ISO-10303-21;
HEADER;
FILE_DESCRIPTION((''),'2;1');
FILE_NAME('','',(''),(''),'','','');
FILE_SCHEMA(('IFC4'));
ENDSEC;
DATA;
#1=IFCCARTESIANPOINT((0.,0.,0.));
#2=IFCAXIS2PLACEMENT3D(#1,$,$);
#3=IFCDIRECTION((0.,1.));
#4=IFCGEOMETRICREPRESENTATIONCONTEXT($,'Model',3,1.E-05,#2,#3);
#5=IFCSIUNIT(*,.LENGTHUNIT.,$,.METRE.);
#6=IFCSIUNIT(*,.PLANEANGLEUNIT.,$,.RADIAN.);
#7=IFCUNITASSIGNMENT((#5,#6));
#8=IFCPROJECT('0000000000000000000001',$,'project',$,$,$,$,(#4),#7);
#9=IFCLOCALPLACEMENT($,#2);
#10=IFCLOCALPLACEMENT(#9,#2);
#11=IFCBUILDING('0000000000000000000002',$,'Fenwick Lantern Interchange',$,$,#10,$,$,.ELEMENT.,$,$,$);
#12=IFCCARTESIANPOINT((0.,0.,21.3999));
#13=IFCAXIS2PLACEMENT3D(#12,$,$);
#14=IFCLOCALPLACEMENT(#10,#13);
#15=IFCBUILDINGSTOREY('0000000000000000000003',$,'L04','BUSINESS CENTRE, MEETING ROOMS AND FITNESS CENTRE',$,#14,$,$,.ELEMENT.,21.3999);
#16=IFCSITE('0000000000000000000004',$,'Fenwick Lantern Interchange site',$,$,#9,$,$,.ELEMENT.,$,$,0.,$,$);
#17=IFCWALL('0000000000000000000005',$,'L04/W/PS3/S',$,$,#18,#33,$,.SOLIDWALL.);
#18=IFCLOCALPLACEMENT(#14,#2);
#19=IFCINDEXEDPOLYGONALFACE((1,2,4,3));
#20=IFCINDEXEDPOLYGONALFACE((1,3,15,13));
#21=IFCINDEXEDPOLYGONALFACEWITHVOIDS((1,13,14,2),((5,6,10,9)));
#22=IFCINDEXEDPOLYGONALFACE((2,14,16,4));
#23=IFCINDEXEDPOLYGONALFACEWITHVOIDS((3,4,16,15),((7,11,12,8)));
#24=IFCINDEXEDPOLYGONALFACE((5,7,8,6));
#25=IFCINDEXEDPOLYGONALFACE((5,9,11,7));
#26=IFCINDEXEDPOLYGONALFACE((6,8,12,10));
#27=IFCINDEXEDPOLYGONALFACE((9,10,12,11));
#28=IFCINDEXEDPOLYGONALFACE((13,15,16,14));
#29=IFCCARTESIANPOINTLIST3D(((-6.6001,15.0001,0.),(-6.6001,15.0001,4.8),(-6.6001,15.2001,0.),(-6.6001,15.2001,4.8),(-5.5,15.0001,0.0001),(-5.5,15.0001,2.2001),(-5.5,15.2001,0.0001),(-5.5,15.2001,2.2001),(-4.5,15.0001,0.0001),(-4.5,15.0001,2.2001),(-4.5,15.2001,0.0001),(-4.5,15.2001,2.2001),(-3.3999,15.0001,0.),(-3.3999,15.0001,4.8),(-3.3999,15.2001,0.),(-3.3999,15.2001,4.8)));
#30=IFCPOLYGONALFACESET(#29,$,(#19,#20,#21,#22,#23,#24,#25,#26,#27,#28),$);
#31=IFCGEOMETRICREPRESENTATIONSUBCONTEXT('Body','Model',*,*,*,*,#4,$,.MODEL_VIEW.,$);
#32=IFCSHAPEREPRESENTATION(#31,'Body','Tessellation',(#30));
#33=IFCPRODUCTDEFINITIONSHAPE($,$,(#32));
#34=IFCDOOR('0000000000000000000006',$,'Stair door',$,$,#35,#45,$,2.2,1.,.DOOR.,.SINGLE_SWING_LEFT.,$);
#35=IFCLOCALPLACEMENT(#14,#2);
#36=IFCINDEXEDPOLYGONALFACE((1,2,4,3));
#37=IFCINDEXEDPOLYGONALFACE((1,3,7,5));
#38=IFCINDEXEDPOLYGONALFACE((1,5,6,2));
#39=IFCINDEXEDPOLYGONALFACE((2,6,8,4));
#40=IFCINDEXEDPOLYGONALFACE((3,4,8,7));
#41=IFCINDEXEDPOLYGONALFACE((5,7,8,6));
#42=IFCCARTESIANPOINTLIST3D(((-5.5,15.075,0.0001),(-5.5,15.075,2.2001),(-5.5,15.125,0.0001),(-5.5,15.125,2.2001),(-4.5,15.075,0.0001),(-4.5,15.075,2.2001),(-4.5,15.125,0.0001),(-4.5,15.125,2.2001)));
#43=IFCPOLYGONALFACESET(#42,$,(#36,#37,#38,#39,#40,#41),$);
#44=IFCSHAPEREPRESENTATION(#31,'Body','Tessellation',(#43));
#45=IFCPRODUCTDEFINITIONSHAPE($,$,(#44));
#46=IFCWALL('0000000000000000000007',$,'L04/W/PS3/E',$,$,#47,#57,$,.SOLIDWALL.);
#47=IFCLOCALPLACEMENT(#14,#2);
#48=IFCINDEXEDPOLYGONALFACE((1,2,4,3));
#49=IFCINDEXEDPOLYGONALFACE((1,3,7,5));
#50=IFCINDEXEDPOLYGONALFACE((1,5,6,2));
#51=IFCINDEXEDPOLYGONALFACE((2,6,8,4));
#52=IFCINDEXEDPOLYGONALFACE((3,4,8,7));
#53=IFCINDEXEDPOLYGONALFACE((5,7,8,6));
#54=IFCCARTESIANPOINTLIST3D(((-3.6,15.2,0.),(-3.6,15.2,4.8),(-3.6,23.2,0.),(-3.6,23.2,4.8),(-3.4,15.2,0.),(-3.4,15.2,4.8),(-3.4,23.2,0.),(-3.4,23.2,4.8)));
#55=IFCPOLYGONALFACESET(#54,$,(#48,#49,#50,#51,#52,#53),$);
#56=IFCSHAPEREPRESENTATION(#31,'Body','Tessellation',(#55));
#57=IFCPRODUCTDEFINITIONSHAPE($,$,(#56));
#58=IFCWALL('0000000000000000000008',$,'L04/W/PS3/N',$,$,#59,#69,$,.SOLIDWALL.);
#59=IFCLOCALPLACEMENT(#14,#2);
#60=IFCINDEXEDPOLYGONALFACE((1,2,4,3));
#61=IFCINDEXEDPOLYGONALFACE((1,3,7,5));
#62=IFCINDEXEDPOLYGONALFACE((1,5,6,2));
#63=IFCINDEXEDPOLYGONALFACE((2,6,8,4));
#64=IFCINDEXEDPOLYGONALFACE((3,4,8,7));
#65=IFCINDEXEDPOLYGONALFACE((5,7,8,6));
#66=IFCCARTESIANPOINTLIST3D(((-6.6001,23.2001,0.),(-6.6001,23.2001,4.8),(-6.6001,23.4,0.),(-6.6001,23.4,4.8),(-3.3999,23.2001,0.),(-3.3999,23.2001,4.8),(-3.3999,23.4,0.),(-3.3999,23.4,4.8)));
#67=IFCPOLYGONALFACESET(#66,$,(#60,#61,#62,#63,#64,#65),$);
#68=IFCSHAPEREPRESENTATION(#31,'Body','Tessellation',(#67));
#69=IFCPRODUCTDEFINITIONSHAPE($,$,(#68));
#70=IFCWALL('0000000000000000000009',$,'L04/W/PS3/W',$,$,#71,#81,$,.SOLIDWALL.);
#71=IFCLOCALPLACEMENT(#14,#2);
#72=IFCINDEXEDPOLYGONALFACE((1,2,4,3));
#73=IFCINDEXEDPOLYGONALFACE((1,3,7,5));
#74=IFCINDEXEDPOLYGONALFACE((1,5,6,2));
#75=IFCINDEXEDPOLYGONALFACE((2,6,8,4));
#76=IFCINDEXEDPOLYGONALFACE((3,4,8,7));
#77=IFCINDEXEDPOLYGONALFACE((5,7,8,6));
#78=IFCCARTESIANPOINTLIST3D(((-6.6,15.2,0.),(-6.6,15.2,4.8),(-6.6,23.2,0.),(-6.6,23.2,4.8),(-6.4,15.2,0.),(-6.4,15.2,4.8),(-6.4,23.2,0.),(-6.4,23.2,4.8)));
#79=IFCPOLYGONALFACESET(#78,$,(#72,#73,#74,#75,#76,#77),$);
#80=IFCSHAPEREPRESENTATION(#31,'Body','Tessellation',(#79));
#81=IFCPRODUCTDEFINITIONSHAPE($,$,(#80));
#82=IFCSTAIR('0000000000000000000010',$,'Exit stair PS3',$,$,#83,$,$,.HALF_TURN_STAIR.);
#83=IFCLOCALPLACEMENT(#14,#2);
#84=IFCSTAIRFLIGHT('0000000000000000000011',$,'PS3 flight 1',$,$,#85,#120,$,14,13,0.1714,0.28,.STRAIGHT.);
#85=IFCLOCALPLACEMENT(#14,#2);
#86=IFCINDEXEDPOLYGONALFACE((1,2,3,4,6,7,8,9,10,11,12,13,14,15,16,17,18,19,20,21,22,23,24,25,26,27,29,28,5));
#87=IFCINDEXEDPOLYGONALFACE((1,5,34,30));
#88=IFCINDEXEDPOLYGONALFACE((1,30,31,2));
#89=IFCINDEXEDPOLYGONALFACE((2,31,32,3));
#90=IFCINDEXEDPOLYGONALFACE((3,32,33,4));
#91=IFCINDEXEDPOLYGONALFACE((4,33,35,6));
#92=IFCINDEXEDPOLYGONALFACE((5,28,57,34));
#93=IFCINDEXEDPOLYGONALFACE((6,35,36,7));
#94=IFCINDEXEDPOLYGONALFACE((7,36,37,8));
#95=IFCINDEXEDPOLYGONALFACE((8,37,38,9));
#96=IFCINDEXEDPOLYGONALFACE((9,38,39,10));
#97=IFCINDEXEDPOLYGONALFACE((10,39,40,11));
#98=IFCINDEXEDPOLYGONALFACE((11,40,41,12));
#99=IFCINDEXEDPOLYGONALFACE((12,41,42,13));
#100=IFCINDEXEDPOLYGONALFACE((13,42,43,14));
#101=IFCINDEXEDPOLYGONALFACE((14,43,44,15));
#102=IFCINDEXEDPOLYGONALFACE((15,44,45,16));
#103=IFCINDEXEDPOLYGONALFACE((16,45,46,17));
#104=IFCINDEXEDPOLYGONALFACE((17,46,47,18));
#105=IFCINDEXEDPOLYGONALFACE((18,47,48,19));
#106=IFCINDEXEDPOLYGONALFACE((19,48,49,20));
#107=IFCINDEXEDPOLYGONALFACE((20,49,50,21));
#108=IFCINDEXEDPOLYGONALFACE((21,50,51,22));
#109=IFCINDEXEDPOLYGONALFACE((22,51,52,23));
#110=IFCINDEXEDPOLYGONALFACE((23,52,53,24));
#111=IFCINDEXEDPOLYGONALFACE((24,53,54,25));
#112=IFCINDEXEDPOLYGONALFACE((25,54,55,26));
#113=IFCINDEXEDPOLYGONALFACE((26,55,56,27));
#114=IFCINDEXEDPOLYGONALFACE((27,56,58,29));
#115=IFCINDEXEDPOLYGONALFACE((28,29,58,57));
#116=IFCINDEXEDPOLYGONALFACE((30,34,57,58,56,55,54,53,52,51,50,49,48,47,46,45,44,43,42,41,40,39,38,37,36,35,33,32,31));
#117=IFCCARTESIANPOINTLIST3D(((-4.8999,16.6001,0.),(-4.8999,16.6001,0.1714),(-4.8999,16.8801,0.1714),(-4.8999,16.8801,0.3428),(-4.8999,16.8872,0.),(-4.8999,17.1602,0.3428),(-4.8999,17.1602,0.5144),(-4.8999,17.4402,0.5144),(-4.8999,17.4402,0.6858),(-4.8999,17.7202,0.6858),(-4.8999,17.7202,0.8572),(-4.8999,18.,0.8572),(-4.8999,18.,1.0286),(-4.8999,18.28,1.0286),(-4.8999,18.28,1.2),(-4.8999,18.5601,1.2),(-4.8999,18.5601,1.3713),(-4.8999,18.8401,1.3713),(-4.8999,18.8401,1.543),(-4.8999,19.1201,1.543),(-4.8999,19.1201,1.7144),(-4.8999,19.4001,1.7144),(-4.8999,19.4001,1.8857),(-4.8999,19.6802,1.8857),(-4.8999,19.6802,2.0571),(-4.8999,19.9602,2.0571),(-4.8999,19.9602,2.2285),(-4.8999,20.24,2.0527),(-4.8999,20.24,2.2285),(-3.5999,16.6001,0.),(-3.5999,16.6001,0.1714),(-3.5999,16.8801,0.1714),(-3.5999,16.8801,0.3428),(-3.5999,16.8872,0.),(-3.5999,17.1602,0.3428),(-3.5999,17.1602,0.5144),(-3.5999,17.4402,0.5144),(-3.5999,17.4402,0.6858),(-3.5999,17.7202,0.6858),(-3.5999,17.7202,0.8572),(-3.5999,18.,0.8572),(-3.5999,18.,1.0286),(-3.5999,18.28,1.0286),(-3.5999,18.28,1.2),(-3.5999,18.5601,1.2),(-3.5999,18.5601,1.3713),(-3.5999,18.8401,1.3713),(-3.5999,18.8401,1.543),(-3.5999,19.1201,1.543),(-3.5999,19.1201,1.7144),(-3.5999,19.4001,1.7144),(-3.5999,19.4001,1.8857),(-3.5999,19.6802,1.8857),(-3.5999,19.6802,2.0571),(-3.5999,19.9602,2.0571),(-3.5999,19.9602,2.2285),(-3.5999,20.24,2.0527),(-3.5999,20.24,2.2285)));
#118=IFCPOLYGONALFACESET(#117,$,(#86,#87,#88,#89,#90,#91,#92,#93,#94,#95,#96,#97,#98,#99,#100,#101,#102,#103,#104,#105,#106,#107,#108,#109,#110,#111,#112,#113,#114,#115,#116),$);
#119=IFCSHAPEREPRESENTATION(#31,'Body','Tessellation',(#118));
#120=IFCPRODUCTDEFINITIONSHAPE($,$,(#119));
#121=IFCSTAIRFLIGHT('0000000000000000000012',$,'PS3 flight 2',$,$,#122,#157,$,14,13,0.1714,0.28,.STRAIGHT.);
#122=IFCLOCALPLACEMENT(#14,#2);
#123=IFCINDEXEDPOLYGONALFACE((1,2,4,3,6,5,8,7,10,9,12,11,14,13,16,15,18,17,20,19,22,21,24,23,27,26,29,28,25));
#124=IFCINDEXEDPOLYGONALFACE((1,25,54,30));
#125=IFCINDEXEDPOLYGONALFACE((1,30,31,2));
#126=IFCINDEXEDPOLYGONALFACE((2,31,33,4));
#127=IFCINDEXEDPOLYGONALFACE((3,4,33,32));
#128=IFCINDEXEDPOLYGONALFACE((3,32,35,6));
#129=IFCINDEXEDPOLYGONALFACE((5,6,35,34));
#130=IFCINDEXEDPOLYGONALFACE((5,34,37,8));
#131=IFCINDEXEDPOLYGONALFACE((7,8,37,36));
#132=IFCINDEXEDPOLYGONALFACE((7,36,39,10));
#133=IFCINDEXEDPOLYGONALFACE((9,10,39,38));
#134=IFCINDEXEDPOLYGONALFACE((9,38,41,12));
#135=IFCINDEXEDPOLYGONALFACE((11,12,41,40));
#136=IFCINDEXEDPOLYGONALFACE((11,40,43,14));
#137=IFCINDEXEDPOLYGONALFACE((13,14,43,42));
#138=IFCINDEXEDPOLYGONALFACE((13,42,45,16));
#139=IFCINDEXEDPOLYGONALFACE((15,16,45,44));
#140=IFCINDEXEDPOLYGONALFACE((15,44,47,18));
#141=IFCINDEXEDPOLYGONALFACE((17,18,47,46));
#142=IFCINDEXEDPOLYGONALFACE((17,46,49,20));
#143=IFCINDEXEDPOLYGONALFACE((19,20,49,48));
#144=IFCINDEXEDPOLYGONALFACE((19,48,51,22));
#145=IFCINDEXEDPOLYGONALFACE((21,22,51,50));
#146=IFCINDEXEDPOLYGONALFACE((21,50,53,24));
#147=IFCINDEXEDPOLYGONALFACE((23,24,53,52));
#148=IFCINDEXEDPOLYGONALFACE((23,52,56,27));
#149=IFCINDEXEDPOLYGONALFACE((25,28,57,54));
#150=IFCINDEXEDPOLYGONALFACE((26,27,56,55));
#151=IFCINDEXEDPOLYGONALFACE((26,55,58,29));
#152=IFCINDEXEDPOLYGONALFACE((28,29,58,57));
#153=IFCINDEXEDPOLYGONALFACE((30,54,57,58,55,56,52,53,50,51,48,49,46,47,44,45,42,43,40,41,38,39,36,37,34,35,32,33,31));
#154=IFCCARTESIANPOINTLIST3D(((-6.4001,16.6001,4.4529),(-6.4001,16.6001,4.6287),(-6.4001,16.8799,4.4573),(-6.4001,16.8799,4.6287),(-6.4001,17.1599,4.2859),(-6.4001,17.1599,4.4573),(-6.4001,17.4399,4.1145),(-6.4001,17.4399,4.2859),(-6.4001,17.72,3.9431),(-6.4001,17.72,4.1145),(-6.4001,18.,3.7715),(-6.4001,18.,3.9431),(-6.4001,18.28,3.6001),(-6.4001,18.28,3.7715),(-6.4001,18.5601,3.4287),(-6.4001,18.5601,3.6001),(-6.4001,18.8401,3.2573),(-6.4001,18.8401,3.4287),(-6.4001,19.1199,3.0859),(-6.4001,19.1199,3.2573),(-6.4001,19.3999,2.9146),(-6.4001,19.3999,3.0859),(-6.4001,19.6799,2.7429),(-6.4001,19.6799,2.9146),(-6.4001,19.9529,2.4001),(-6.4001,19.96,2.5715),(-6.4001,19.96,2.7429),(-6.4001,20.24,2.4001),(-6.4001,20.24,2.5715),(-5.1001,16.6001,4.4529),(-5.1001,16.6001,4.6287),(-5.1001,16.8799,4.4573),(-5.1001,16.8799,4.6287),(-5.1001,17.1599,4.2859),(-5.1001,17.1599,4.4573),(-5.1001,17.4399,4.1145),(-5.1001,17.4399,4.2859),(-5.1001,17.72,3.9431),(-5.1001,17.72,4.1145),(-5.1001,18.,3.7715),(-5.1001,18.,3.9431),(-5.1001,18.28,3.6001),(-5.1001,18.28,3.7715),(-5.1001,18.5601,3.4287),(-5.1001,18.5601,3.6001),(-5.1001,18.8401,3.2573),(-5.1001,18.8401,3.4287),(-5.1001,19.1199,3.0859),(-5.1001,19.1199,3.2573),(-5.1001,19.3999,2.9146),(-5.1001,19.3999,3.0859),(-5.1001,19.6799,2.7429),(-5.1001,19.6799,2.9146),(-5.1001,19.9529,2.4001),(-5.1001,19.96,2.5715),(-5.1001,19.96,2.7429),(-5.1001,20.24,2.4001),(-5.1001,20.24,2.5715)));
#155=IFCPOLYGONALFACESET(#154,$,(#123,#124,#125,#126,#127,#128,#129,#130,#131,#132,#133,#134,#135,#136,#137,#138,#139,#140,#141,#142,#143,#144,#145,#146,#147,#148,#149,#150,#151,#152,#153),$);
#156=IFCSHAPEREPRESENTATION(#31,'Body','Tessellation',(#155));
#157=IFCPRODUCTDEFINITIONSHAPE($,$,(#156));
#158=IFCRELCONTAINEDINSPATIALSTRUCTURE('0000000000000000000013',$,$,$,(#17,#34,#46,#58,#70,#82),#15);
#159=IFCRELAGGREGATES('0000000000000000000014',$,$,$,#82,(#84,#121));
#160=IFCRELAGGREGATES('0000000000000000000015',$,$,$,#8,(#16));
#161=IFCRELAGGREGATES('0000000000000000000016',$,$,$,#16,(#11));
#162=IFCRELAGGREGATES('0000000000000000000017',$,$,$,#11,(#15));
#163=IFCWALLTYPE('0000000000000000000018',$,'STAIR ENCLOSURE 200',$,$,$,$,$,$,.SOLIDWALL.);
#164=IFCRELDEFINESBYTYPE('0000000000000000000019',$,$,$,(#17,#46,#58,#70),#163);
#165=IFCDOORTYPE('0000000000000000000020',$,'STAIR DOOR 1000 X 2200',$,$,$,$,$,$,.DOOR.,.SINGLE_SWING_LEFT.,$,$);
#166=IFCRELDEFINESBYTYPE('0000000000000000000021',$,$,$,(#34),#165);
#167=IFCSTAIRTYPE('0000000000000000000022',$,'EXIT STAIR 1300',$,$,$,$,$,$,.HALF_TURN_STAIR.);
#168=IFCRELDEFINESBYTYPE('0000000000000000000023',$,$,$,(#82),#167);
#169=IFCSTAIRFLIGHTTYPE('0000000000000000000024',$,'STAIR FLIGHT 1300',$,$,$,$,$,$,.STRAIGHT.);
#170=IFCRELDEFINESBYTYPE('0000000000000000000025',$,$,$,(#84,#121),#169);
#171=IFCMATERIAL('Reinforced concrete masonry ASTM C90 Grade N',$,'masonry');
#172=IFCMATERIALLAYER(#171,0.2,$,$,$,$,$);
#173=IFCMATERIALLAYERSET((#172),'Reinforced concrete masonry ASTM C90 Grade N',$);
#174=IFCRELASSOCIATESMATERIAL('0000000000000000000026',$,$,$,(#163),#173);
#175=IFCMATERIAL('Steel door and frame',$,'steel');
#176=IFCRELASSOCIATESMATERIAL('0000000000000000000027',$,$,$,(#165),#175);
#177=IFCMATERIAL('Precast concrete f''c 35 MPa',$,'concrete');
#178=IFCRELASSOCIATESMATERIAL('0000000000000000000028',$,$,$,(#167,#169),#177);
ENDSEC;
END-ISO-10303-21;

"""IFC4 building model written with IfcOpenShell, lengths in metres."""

from ifc_helpers import new_model, si_unit, direction, frame, frame_2d, origin, place, context, subcontext, project, spatial, polyline, rectangle, outline, extrude, material, layer, layer_set, type_object, element, fill, aggregate, save


model = new_model("IFC4")

# Units and contexts
model_context = context("Model", 3, precision=1e-05, world=origin(), true_north=direction((0.0, 1.0)))
body_context = subcontext(model_context, "Body", "Model", "MODEL_VIEW")
ifc_project = project(units=[si_unit("LENGTHUNIT", "METRE"), si_unit("PLANEANGLEUNIT", "RADIAN")], contexts=[model_context])

# Site, building, storey
site_placement = place(None, origin())
site = spatial("IfcSite", under=ifc_project, at=site_placement, Name="Fenwick Lantern Interchange site", CompositionType="ELEMENT", RefElevation=0.0)
building_placement = place(site_placement, origin())
building = spatial("IfcBuilding", under=site, at=building_placement, Name="Fenwick Lantern Interchange", CompositionType="ELEMENT")
storey_placement = place(building_placement, frame((0.0, 0.0, 21.3999)))
storey = spatial("IfcBuildingStorey", under=building, at=storey_placement, Name="L04", Description="BUSINESS CENTRE, MEETING ROOMS AND FITNESS CENTRE", CompositionType="ELEMENT", Elevation=21.3999)

# Wall, opening, door
ifc_material_1 = material(Name="Reinforced concrete masonry ASTM C90 Grade N", Category="masonry")
ifc_layer_1 = layer(ifc_material_1, 0.2)
ifc_layer_set_1 = layer_set([ifc_layer_1], Name="Reinforced concrete masonry ASTM C90 Grade N")
wall_type_1 = type_object("IfcWallType", Name="STAIR ENCLOSURE 200", PredefinedType="SOLIDWALL", material=ifc_layer_set_1)
wall_1_placement = place(storey_placement, frame((-6.6001, 15.1001, 0.0), z_axis=(0.0, 0.0, 1.0), x_axis=(1.0, 0.0, 0.0)))
wall_1 = element("IfcWall", 1, at=wall_1_placement, inside=storey, type_object=wall_type_1, Name="L04/W/PS3/S", PredefinedType="SOLIDWALL", context=body_context, shape_type="SweptSolid", body=[
    extrude(rectangle(XDim=3.2002, YDim=0.2, at=frame_2d((1.6001, 0.0))), origin(), (0.0, 0.0, 1.0), 4.8),
])
opening_placement = place(wall_1_placement, frame((1.1001, 0.0, 0.0)))
opening = element("IfcOpeningElement", 2, at=opening_placement, cuts=wall_1, PredefinedType="OPENING", context=body_context, shape_type="SweptSolid", body=[
    extrude(rectangle(XDim=1.0, YDim=2.2, at=frame_2d((0.5, 1.1001))), frame((0.0, 0.1099, 0.0), z_axis=(0.0, -1.0, 0.0), x_axis=(1.0, 0.0, 0.0)), (0.0, 0.0, 1.0), 0.22),
])
ifc_material_2 = material(Name="Steel door and frame", Category="steel")
door_type = type_object("IfcDoorType", Name="STAIR DOOR 1000 X 2200", OperationType="SINGLE_SWING_LEFT", PredefinedType="DOOR", material=ifc_material_2)
door_placement = place(opening_placement, origin())
door = element("IfcDoor", 3, at=door_placement, inside=storey, type_object=door_type, Name="Stair door", OperationType="SINGLE_SWING_LEFT", OverallHeight=2.2, OverallWidth=1.0, PredefinedType="DOOR", context=body_context, shape_type="SweptSolid", body=[
    extrude(rectangle(XDim=1.0, YDim=2.2, at=frame_2d((0.5, 1.1001))), frame((0.0, 0.0249, 0.0), z_axis=(0.0, -1.0, 0.0), x_axis=(1.0, 0.0, 0.0)), (0.0, 0.0, 1.0), 0.05),
])
fill(opening, door)

# Walls
wall_2_placement = place(storey_placement, frame((-3.5, 15.2, 0.0), z_axis=(0.0, 0.0, 1.0), x_axis=(0.0, 1.0, 0.0)))
element("IfcWall", 4, at=wall_2_placement, inside=storey, type_object=wall_type_1, Name="L04/W/PS3/E", PredefinedType="SOLIDWALL", context=body_context, shape_type="SweptSolid", body=[
    extrude(rectangle(XDim=8.0, YDim=0.2, at=frame_2d((4.0, 0.0))), origin(), (0.0, 0.0, 1.0), 4.8),
])
wall_3_placement = place(storey_placement, frame((-3.3999, 23.3, 0.0), z_axis=(0.0, 0.0, 1.0), x_axis=(-1.0, 0.0, 0.0)))
element("IfcWall", 5, at=wall_3_placement, inside=storey, type_object=wall_type_1, Name="L04/W/PS3/N", PredefinedType="SOLIDWALL", context=body_context, shape_type="SweptSolid", body=[
    extrude(rectangle(XDim=3.2002, YDim=0.2, at=frame_2d((1.6001, 0.0))), origin(), (0.0, 0.0, 1.0), 4.8),
])
wall_4_placement = place(storey_placement, frame((-6.5, 23.2, 0.0), z_axis=(0.0, 0.0, 1.0), x_axis=(0.0, -1.0, 0.0)))
element("IfcWall", 6, at=wall_4_placement, inside=storey, type_object=wall_type_1, Name="L04/W/PS3/W", PredefinedType="SOLIDWALL", context=body_context, shape_type="SweptSolid", body=[
    extrude(rectangle(XDim=8.0, YDim=0.2, at=frame_2d((4.0, 0.0))), origin(), (0.0, 0.0, 1.0), 4.8),
])

# Stair, stair flights
ifc_material_3 = material(Name="Precast concrete f'c 35 MPa", Category="concrete")
stair_type = type_object("IfcStairType", Name="EXIT STAIR 1300", PredefinedType="HALF_TURN_STAIR", material=ifc_material_3)
stair_placement = place(storey_placement, origin())
stair = element("IfcStair", 7, at=stair_placement, inside=storey, type_object=stair_type, Name="Exit stair PS3", PredefinedType="HALF_TURN_STAIR")
stair_flight_type = type_object("IfcStairFlightType", Name="STAIR FLIGHT 1300", PredefinedType="STRAIGHT", material=ifc_material_3)
stair_flight_1_placement = place(storey_placement, frame((-4.25, 16.6001, 0.0), z_axis=(0.0, 0.0, 1.0), x_axis=(0.0, 1.0, 0.0)))
stair_flight_1 = element("IfcStairFlight", 8, at=stair_flight_1_placement, type_object=stair_flight_type, Name="PS3 flight 1", NumberOfRisers=14, NumberOfTreads=13, PredefinedType="STRAIGHT", RiserHeight=0.1714, TreadLength=0.28, context=body_context, shape_type="SweptSolid", body=[
    extrude(outline(polyline([(0.0, 0.0), (0.0, 0.1714), (0.28, 0.1714), (0.28, 0.3428), (0.5601, 0.3428), (0.5601, 0.5144), (0.8401, 0.5144), (0.8401, 0.6858), (1.1201, 0.6858), (1.1201, 0.8572), (1.3999, 0.8572), (1.3999, 1.0286), (1.6799, 1.0286), (1.6799, 1.2), (1.96, 1.2), (1.96, 1.3713), (2.24, 1.3713), (2.24, 1.543), (2.52, 1.543), (2.52, 1.7144), (2.8, 1.7144), (2.8, 1.8857), (3.0801, 1.8857), (3.0801, 2.0571), (3.3601, 2.0571), (3.3601, 2.2285), (3.6399, 2.2285), (3.6399, 2.3999), (3.6399, 2.0527), (0.2871, 0.0), (0.0, 0.0)])), frame((0.0, 0.6499, 0.0), z_axis=(0.0, -1.0, 0.0), x_axis=(1.0, 0.0, 0.0)), (0.0, 0.0, 1.0), 1.3),
])
stair_flight_2_placement = place(storey_placement, frame((-5.75, 20.24, 2.4001), z_axis=(0.0, 0.0, 1.0), x_axis=(0.0, -1.0, 0.0)))
stair_flight_2 = element("IfcStairFlight", 9, at=stair_flight_2_placement, type_object=stair_flight_type, Name="PS3 flight 2", NumberOfRisers=14, NumberOfTreads=13, PredefinedType="STRAIGHT", RiserHeight=0.1714, TreadLength=0.28, context=body_context, shape_type="SweptSolid", body=[
    extrude(outline(polyline([(0.0, 0.0), (0.0, 0.1714), (0.28, 0.1714), (0.28, 0.3428), (0.5601, 0.3428), (0.5601, 0.5144), (0.8401, 0.5144), (0.8401, 0.6858), (1.1201, 0.6858), (1.1201, 0.8572), (1.3999, 0.8572), (1.3999, 1.0286), (1.6799, 1.0286), (1.6799, 1.2), (1.96, 1.2), (1.96, 1.3713), (2.24, 1.3713), (2.24, 1.543), (2.52, 1.543), (2.52, 1.7144), (2.8, 1.7144), (2.8, 1.8857), (3.0801, 1.8857), (3.0801, 2.0571), (3.3601, 2.0571), (3.3601, 2.2285), (3.6399, 2.2285), (3.6399, 2.3999), (3.6399, 2.0527), (0.2871, 0.0), (0.0, 0.0)])), frame((0.0, 0.6499, 0.0), z_axis=(0.0, -1.0, 0.0), x_axis=(1.0, 0.0, 0.0)), (0.0, 0.0, 1.0), 1.3),
])
aggregate(stair, [stair_flight_1, stair_flight_2])

save(model, "model.ifc")
